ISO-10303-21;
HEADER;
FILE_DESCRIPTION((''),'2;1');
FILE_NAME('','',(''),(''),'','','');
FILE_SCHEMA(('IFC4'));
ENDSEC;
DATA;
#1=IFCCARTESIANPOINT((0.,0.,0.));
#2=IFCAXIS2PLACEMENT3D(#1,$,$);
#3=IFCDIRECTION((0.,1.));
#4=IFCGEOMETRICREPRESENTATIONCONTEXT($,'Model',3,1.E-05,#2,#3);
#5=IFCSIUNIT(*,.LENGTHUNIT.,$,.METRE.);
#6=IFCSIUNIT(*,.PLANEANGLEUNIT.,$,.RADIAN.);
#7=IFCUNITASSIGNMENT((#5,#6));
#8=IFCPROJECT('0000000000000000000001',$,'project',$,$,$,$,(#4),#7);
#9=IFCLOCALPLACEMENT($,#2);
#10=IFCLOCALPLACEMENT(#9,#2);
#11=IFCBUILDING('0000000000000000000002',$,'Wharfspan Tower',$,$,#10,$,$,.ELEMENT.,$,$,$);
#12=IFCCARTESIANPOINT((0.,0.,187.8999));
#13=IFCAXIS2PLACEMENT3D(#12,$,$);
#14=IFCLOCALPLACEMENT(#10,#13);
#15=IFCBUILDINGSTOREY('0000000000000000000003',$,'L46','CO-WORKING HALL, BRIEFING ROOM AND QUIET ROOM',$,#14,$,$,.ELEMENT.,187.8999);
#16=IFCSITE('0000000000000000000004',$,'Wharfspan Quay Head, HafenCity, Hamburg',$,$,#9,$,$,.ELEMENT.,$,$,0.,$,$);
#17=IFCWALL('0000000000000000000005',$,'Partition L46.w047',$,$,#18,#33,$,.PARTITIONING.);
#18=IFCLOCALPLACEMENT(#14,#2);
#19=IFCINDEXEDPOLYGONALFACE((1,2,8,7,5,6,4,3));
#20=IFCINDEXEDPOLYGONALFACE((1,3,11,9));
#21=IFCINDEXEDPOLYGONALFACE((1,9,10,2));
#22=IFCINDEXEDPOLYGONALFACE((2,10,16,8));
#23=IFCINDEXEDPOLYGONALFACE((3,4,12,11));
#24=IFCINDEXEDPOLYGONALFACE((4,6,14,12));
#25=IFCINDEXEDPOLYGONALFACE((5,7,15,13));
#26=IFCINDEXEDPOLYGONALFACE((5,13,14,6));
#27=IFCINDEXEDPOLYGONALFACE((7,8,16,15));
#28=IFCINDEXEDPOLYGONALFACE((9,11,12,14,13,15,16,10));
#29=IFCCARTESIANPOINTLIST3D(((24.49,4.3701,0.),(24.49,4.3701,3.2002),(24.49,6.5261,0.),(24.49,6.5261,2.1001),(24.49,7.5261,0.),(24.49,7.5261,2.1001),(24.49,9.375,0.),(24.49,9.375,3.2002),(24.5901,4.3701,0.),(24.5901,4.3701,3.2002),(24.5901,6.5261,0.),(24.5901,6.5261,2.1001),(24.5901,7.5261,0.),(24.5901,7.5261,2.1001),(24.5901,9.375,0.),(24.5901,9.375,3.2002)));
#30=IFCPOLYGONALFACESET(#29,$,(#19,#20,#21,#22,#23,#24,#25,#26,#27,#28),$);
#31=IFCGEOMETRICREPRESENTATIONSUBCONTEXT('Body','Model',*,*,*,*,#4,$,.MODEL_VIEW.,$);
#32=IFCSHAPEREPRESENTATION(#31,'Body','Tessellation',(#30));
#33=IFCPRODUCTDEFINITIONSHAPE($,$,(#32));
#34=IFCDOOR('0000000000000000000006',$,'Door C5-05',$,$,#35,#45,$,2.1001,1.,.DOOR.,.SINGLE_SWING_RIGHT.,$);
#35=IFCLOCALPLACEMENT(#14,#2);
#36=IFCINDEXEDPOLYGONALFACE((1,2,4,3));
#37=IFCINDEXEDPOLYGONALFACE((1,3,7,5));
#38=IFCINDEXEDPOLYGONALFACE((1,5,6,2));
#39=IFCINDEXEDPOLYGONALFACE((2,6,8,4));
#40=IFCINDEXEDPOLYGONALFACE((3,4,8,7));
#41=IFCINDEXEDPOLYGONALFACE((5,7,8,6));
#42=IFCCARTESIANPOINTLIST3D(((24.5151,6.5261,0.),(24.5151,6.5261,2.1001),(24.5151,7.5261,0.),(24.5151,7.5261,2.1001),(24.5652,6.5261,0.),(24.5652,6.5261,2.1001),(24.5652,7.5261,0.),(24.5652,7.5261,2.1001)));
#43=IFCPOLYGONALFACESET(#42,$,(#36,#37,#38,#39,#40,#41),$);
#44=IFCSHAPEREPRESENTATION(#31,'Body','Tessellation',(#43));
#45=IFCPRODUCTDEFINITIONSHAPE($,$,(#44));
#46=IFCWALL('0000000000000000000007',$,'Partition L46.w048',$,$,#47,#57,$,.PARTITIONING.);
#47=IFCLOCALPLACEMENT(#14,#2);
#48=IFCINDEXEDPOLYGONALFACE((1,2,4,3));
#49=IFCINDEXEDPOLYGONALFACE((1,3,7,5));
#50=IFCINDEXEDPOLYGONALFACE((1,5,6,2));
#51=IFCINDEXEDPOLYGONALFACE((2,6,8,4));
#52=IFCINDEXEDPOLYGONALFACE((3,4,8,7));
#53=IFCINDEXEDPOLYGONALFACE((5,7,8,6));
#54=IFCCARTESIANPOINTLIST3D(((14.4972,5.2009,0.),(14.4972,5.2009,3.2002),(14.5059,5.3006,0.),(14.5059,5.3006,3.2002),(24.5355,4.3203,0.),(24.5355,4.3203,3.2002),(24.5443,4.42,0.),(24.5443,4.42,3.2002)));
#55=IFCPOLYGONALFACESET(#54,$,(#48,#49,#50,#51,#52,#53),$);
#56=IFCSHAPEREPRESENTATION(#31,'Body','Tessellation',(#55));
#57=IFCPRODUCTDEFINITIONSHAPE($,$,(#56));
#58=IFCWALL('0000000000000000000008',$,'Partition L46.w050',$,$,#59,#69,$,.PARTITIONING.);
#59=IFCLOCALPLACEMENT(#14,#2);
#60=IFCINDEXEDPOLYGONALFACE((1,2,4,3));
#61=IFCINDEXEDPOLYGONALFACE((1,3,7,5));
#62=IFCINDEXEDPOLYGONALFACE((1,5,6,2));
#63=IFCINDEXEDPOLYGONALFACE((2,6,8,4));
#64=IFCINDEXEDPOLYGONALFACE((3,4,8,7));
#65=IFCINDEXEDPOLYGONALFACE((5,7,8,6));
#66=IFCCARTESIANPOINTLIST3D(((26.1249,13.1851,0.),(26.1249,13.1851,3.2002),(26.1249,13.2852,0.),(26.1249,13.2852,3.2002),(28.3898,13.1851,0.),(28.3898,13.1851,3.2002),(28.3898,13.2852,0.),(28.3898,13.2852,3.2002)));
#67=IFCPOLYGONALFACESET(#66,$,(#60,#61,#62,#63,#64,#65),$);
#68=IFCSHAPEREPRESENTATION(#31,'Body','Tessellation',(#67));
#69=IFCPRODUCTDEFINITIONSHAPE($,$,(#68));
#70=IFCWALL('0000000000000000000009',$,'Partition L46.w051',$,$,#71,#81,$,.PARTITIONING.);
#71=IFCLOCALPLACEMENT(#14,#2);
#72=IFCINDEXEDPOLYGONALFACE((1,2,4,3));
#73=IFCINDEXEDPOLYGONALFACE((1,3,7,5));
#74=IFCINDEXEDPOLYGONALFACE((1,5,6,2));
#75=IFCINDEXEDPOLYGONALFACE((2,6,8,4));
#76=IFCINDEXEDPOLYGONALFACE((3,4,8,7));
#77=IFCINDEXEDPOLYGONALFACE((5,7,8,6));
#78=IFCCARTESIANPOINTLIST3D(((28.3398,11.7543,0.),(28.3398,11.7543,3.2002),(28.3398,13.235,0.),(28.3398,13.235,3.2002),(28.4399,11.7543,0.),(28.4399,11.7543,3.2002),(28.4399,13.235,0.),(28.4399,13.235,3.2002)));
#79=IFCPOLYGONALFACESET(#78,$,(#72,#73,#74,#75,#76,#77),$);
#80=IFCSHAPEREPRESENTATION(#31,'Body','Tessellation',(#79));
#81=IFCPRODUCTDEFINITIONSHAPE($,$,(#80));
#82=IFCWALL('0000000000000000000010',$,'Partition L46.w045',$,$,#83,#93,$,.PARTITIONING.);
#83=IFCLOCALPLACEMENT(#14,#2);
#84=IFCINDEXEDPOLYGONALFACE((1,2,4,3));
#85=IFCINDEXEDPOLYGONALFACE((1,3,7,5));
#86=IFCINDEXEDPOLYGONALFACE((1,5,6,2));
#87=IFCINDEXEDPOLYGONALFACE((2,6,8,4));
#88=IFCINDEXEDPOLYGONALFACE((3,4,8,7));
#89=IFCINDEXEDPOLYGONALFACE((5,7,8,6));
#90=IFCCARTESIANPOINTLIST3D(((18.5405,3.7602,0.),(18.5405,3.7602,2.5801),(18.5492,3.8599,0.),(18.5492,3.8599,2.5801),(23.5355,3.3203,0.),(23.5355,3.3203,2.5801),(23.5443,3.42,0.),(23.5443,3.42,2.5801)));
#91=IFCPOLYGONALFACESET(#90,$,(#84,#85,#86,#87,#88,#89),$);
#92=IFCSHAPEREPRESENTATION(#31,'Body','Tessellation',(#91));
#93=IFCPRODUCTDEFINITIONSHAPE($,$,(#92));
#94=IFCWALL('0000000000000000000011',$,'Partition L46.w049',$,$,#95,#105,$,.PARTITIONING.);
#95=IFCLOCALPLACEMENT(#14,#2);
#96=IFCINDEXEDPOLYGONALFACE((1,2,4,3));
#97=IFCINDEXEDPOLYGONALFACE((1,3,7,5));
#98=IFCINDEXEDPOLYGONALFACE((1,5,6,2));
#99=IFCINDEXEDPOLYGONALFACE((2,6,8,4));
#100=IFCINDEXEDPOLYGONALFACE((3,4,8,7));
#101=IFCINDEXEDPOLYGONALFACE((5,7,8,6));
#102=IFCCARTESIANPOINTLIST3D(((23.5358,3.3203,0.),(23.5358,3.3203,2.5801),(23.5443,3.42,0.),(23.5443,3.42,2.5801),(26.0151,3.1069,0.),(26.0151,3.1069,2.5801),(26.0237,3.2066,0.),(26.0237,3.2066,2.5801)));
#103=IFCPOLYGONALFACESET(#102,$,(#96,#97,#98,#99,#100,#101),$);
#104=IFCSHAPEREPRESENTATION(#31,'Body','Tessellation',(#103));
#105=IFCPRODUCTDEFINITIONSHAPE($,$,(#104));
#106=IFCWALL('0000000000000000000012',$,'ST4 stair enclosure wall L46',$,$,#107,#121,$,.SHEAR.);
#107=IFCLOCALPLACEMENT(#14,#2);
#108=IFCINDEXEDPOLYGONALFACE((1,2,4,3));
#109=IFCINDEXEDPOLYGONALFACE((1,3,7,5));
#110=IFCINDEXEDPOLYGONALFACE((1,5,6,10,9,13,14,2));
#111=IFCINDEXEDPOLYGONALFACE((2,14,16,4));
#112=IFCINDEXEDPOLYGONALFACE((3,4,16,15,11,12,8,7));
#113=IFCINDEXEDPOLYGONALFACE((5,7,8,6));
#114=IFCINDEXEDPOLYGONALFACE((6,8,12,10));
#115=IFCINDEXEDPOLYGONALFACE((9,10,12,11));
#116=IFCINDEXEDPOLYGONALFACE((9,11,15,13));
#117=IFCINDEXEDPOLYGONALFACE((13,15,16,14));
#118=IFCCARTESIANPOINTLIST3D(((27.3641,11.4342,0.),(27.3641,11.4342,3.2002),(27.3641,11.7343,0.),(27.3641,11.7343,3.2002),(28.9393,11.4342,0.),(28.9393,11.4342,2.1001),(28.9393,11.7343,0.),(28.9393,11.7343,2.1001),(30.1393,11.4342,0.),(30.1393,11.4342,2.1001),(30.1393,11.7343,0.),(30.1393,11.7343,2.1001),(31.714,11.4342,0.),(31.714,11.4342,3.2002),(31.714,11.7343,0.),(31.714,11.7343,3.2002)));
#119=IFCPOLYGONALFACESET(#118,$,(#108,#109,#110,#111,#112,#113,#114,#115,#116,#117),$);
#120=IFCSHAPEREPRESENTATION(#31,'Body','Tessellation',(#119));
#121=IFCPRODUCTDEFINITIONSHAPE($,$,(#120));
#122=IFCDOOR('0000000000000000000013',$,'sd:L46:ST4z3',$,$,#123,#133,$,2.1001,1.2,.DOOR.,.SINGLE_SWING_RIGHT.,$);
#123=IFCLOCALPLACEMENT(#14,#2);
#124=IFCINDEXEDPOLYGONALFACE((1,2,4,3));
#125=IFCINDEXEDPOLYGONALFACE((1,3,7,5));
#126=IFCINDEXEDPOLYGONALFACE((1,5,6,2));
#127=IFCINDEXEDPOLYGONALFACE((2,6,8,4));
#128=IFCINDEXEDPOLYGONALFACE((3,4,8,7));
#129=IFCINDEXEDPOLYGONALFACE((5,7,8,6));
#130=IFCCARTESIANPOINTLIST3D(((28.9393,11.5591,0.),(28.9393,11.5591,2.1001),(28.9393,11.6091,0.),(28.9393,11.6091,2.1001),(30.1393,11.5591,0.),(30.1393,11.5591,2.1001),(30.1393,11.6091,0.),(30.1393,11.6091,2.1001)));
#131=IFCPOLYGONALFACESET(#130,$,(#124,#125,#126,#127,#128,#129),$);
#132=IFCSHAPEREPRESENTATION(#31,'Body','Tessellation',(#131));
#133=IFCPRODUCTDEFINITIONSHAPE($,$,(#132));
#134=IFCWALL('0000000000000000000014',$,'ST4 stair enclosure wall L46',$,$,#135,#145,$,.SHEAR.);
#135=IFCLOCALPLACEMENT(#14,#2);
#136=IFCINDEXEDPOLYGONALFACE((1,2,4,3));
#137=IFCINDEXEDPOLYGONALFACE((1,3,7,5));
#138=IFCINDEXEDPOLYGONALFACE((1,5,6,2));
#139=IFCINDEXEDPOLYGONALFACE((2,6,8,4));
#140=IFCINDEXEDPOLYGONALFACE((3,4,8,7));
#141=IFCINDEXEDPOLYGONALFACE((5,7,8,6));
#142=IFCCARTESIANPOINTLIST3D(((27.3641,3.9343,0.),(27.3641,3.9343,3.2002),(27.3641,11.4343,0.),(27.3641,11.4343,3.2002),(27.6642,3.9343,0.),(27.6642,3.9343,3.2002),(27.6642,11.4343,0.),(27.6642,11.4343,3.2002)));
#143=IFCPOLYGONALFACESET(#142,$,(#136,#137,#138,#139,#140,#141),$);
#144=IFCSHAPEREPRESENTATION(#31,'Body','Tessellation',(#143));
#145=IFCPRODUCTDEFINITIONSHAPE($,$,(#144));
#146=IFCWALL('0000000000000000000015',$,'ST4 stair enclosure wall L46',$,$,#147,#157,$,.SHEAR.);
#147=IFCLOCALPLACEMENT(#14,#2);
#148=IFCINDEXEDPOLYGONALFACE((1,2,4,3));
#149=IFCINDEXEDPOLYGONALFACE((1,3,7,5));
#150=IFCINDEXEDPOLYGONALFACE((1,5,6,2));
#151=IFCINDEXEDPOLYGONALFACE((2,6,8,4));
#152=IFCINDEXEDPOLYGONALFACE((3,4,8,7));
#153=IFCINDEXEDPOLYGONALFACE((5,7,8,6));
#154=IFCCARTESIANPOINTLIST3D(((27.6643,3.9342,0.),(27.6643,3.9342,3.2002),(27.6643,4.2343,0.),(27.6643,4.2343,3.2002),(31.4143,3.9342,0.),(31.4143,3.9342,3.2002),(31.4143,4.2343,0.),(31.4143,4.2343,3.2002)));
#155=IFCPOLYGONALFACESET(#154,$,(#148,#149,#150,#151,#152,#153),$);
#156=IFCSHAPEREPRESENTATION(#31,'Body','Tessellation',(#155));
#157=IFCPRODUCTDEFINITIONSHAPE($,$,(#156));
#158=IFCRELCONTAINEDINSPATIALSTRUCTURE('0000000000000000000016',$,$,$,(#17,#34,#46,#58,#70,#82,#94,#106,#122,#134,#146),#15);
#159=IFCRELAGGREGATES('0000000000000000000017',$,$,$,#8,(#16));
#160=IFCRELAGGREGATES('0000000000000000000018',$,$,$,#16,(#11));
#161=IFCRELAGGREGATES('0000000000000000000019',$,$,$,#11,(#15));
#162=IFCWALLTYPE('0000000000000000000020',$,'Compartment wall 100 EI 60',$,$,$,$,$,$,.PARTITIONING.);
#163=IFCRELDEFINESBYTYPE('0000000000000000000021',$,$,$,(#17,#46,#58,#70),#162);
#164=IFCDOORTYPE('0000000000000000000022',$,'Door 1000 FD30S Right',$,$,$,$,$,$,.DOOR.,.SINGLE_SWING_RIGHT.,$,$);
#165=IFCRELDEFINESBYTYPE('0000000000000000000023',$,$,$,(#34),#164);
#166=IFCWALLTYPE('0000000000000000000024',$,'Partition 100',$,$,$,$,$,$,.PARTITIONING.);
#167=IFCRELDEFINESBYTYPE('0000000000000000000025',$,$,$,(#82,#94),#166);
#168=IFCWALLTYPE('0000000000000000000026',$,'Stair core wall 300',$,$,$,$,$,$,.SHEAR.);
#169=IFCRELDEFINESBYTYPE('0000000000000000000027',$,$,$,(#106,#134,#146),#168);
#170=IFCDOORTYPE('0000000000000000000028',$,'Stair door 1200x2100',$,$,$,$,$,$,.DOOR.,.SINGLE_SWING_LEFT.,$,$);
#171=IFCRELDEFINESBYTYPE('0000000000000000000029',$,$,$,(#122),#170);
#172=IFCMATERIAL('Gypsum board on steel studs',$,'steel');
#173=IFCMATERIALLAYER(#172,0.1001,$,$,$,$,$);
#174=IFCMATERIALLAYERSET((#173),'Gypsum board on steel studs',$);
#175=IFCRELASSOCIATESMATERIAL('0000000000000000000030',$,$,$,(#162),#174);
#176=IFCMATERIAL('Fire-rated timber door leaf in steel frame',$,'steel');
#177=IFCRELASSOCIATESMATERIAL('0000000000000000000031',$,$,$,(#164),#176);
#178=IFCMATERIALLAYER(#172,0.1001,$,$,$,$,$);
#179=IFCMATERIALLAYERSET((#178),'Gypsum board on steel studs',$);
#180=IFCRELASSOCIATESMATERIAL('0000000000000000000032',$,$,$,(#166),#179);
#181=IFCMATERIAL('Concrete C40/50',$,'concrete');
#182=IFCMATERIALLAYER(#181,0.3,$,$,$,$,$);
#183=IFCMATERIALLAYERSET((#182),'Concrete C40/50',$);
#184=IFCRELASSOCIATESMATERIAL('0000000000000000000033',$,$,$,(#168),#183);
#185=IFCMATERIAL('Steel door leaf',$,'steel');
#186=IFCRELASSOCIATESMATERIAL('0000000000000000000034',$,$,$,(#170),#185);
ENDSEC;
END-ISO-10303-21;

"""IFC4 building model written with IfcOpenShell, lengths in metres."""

from ifc_helpers import new_model, si_unit, direction, frame, frame_2d, origin, place, context, subcontext, project, spatial, rectangle, extrude, material, layer, layer_set, type_object, element, fill, save


model = new_model("IFC4")

# Units and contexts
model_context = context("Model", 3, precision=1e-05, world=origin(), true_north=direction((0.0, 1.0)))
body_context = subcontext(model_context, "Body", "Model", "MODEL_VIEW")
ifc_project = project(units=[si_unit("LENGTHUNIT", "METRE"), si_unit("PLANEANGLEUNIT", "RADIAN")], contexts=[model_context])

# Site, building, storey
site_placement = place(None, origin())
site = spatial("IfcSite", under=ifc_project, at=site_placement, Name="Wharfspan Quay Head, HafenCity, Hamburg", CompositionType="ELEMENT", RefElevation=0.0)
building_placement = place(site_placement, origin())
building = spatial("IfcBuilding", under=site, at=building_placement, Name="Wharfspan Tower", CompositionType="ELEMENT")
storey_placement = place(building_placement, frame((0.0, 0.0, 187.8999)))
storey = spatial("IfcBuildingStorey", under=building, at=storey_placement, Name="L46", Description="CO-WORKING HALL, BRIEFING ROOM AND QUIET ROOM", CompositionType="ELEMENT", Elevation=187.8999)

# Shared definitions
ifc_material_1 = material(Name="Gypsum board on steel studs", Category="steel")
ifc_layer_1 = layer(ifc_material_1, 0.1001)
ifc_layer_set_1 = layer_set([ifc_layer_1], Name="Gypsum board on steel studs")
wall_type_1 = type_object("IfcWallType", Name="Compartment wall 100 EI 60", PredefinedType="PARTITIONING", material=ifc_layer_set_1)

# Shared definitions
ifc_material_2 = material(Name="Fire-rated timber door leaf in steel frame", Category="steel")
door_type_1 = type_object("IfcDoorType", Name="Door 1000 FD30S Right", OperationType="SINGLE_SWING_RIGHT", PredefinedType="DOOR", material=ifc_material_2)

# Wall, opening, door
wall_1_placement = place(storey_placement, frame((24.54, 4.3701, 0.0), z_axis=(0.0, 0.0, 1.0), x_axis=(0.0, 1.0, 0.0)))
wall_1 = element("IfcWall", 1, at=wall_1_placement, inside=storey, type_object=wall_type_1, Name="Partition L46.w047", PredefinedType="PARTITIONING", context=body_context, shape_type="SweptSolid", body=[
    extrude(rectangle(XDim=5.0049, YDim=0.1001, at=frame_2d((2.5024, 0.0))), origin(), (0.0, 0.0, 1.0), 3.2002),
])
opening_1_placement = place(wall_1_placement, frame((2.156, 0.0, 0.0)))
opening_1 = element("IfcOpeningElement", 2, at=opening_1_placement, cuts=wall_1, PredefinedType="OPENING", context=body_context, shape_type="SweptSolid", body=[
    extrude(rectangle(XDim=1.0, YDim=2.1001, at=frame_2d((0.5, 1.05))), frame((0.0, 0.0601, 0.0), z_axis=(0.0, -1.0, 0.0), x_axis=(1.0, 0.0, 0.0)), (0.0, 0.0, 1.0), 0.1201),
])
door_1_placement = place(opening_1_placement, origin())
door_1 = element("IfcDoor", 3, at=door_1_placement, inside=storey, type_object=door_type_1, Name="Door C5-05", OperationType="SINGLE_SWING_RIGHT", OverallHeight=2.1001, OverallWidth=1.0, PredefinedType="DOOR", context=body_context, shape_type="SweptSolid", body=[
    extrude(rectangle(XDim=1.0, YDim=2.1001, at=frame_2d((0.5, 1.05))), frame((0.0, 0.0249, 0.0), z_axis=(0.0, -1.0, 0.0), x_axis=(1.0, 0.0, 0.0)), (0.0, 0.0, 1.0), 0.05),
])
fill(opening_1, door_1)

# Walls
wall_2_placement = place(storey_placement, frame((24.54, 4.3701, 0.0), z_axis=(0.0, 0.0, 1.0), x_axis=(-0.996178, 0.08739, 0.0)))
element("IfcWall", 4, at=wall_2_placement, inside=storey, type_object=wall_type_1, Name="Partition L46.w048", PredefinedType="PARTITIONING", context=body_context, shape_type="SweptSolid", body=[
    extrude(rectangle(XDim=10.0769, YDim=0.1001, at=frame_2d((5.0386, 0.0))), origin(), (0.0, 0.0, 1.0), 3.2002),
])
wall_3_placement = place(storey_placement, frame((26.125, 13.2351, 0.0), z_axis=(0.0, 0.0, 1.0), x_axis=(1.0, 0.0, 0.0)))
element("IfcWall", 5, at=wall_3_placement, inside=storey, type_object=wall_type_1, Name="Partition L46.w050", PredefinedType="PARTITIONING", context=body_context, shape_type="SweptSolid", body=[
    extrude(rectangle(XDim=2.2649, YDim=0.1001, at=frame_2d((1.1323, 0.0))), origin(), (0.0, 0.0, 1.0), 3.2002),
])
wall_4_placement = place(storey_placement, frame((28.3899, 11.7544, 0.0), z_axis=(0.0, 0.0, 1.0), x_axis=(0.0, 1.0, 0.0)))
element("IfcWall", 6, at=wall_4_placement, inside=storey, type_object=wall_type_1, Name="Partition L46.w051", PredefinedType="PARTITIONING", context=body_context, shape_type="SweptSolid", body=[
    extrude(rectangle(XDim=1.4807, YDim=0.1001, at=frame_2d((0.7402, 0.0))), origin(), (0.0, 0.0, 1.0), 3.2002),
])
ifc_layer_2 = layer(ifc_material_1, 0.1001)
ifc_layer_set_2 = layer_set([ifc_layer_2], Name="Gypsum board on steel studs")
wall_type_2 = type_object("IfcWallType", Name="Partition 100", PredefinedType="PARTITIONING", material=ifc_layer_set_2)
wall_5_placement = place(storey_placement, frame((23.54, 3.3701, 0.0), z_axis=(0.0, 0.0, 1.0), x_axis=(-0.996148, 0.087735, 0.0)))
element("IfcWall", 7, at=wall_5_placement, inside=storey, type_object=wall_type_2, Name="Partition L46.w045", PredefinedType="PARTITIONING", context=body_context, shape_type="SweptSolid", body=[
    extrude(rectangle(XDim=5.0144, YDim=0.1001, at=frame_2d((2.5073, 0.0))), origin(), (0.0, 0.0, 1.0), 2.5801),
])
wall_6_placement = place(storey_placement, frame((26.0193, 3.1567, 0.0), z_axis=(0.0, 0.0, 1.0), x_axis=(-0.996317, 0.085749, 0.0)))
element("IfcWall", 8, at=wall_6_placement, inside=storey, type_object=wall_type_2, Name="Partition L46.w049", PredefinedType="PARTITIONING", context=body_context, shape_type="SweptSolid", body=[
    extrude(rectangle(XDim=2.4885, YDim=0.1001, at=frame_2d((1.2441, 0.0))), origin(), (0.0, 0.0, 1.0), 2.5801),
])

# Wall, opening, door
ifc_material_3 = material(Name="Concrete C40/50", Category="concrete")
ifc_layer_3 = layer(ifc_material_3, 0.3)
ifc_layer_set_3 = layer_set([ifc_layer_3], Name="Concrete C40/50")
wall_type_3 = type_object("IfcWallType", Name="Stair core wall 300", PredefinedType="SHEAR", material=ifc_layer_set_3)
wall_7_placement = place(storey_placement, frame((27.3643, 11.5842, 0.0), z_axis=(0.0, 0.0, 1.0), x_axis=(1.0, 0.0, 0.0)))
wall_7 = element("IfcWall", 9, at=wall_7_placement, inside=storey, type_object=wall_type_3, Name="ST4 stair enclosure wall L46", PredefinedType="SHEAR", context=body_context, shape_type="SweptSolid", body=[
    extrude(rectangle(XDim=4.3499, YDim=0.3, at=frame_2d((2.1748, 0.0))), origin(), (0.0, 0.0, 1.0), 3.2002),
])
opening_2_placement = place(wall_7_placement, frame((1.575, 0.0, 0.0)))
opening_2 = element("IfcOpeningElement", 10, at=opening_2_placement, cuts=wall_7, PredefinedType="OPENING", context=body_context, shape_type="SweptSolid", body=[
    extrude(rectangle(XDim=1.2, YDim=2.1001, at=frame_2d((0.6001, 1.05))), frame((0.0, 0.1599, 0.0), z_axis=(0.0, -1.0, 0.0), x_axis=(1.0, 0.0, 0.0)), (0.0, 0.0, 1.0), 0.3201),
])
ifc_material_4 = material(Name="Steel door leaf", Category="steel")
door_type_2 = type_object("IfcDoorType", Name="Stair door 1200x2100", OperationType="SINGLE_SWING_LEFT", PredefinedType="DOOR", material=ifc_material_4)
door_2_placement = place(opening_2_placement, origin())
door_2 = element("IfcDoor", 11, at=door_2_placement, inside=storey, type_object=door_type_2, Name="sd:L46:ST4z3", OperationType="SINGLE_SWING_RIGHT", OverallHeight=2.1001, OverallWidth=1.2, PredefinedType="DOOR", context=body_context, shape_type="SweptSolid", body=[
    extrude(rectangle(XDim=1.2, YDim=2.1001, at=frame_2d((0.6001, 1.05))), frame((0.0, 0.0249, 0.0), z_axis=(0.0, -1.0, 0.0), x_axis=(1.0, 0.0, 0.0)), (0.0, 0.0, 1.0), 0.05),
])
fill(opening_2, door_2)

# Walls
wall_8_placement = place(storey_placement, frame((27.5142, 3.9343, 0.0), z_axis=(0.0, 0.0, 1.0), x_axis=(0.0, 1.0, 0.0)))
element("IfcWall", 12, at=wall_8_placement, inside=storey, type_object=wall_type_3, Name="ST4 stair enclosure wall L46", PredefinedType="SHEAR", context=body_context, shape_type="SweptSolid", body=[
    extrude(rectangle(XDim=7.5, YDim=0.3, at=frame_2d((3.75, 0.0))), origin(), (0.0, 0.0, 1.0), 3.2002),
])
wall_9_placement = place(storey_placement, frame((27.6643, 4.0842, 0.0), z_axis=(0.0, 0.0, 1.0), x_axis=(1.0, 0.0, 0.0)))
element("IfcWall", 13, at=wall_9_placement, inside=storey, type_object=wall_type_3, Name="ST4 stair enclosure wall L46", PredefinedType="SHEAR", context=body_context, shape_type="SweptSolid", body=[
    extrude(rectangle(XDim=3.75, YDim=0.3, at=frame_2d((1.875, 0.0))), origin(), (0.0, 0.0, 1.0), 3.2002),
])

save(model, "model.ifc")
